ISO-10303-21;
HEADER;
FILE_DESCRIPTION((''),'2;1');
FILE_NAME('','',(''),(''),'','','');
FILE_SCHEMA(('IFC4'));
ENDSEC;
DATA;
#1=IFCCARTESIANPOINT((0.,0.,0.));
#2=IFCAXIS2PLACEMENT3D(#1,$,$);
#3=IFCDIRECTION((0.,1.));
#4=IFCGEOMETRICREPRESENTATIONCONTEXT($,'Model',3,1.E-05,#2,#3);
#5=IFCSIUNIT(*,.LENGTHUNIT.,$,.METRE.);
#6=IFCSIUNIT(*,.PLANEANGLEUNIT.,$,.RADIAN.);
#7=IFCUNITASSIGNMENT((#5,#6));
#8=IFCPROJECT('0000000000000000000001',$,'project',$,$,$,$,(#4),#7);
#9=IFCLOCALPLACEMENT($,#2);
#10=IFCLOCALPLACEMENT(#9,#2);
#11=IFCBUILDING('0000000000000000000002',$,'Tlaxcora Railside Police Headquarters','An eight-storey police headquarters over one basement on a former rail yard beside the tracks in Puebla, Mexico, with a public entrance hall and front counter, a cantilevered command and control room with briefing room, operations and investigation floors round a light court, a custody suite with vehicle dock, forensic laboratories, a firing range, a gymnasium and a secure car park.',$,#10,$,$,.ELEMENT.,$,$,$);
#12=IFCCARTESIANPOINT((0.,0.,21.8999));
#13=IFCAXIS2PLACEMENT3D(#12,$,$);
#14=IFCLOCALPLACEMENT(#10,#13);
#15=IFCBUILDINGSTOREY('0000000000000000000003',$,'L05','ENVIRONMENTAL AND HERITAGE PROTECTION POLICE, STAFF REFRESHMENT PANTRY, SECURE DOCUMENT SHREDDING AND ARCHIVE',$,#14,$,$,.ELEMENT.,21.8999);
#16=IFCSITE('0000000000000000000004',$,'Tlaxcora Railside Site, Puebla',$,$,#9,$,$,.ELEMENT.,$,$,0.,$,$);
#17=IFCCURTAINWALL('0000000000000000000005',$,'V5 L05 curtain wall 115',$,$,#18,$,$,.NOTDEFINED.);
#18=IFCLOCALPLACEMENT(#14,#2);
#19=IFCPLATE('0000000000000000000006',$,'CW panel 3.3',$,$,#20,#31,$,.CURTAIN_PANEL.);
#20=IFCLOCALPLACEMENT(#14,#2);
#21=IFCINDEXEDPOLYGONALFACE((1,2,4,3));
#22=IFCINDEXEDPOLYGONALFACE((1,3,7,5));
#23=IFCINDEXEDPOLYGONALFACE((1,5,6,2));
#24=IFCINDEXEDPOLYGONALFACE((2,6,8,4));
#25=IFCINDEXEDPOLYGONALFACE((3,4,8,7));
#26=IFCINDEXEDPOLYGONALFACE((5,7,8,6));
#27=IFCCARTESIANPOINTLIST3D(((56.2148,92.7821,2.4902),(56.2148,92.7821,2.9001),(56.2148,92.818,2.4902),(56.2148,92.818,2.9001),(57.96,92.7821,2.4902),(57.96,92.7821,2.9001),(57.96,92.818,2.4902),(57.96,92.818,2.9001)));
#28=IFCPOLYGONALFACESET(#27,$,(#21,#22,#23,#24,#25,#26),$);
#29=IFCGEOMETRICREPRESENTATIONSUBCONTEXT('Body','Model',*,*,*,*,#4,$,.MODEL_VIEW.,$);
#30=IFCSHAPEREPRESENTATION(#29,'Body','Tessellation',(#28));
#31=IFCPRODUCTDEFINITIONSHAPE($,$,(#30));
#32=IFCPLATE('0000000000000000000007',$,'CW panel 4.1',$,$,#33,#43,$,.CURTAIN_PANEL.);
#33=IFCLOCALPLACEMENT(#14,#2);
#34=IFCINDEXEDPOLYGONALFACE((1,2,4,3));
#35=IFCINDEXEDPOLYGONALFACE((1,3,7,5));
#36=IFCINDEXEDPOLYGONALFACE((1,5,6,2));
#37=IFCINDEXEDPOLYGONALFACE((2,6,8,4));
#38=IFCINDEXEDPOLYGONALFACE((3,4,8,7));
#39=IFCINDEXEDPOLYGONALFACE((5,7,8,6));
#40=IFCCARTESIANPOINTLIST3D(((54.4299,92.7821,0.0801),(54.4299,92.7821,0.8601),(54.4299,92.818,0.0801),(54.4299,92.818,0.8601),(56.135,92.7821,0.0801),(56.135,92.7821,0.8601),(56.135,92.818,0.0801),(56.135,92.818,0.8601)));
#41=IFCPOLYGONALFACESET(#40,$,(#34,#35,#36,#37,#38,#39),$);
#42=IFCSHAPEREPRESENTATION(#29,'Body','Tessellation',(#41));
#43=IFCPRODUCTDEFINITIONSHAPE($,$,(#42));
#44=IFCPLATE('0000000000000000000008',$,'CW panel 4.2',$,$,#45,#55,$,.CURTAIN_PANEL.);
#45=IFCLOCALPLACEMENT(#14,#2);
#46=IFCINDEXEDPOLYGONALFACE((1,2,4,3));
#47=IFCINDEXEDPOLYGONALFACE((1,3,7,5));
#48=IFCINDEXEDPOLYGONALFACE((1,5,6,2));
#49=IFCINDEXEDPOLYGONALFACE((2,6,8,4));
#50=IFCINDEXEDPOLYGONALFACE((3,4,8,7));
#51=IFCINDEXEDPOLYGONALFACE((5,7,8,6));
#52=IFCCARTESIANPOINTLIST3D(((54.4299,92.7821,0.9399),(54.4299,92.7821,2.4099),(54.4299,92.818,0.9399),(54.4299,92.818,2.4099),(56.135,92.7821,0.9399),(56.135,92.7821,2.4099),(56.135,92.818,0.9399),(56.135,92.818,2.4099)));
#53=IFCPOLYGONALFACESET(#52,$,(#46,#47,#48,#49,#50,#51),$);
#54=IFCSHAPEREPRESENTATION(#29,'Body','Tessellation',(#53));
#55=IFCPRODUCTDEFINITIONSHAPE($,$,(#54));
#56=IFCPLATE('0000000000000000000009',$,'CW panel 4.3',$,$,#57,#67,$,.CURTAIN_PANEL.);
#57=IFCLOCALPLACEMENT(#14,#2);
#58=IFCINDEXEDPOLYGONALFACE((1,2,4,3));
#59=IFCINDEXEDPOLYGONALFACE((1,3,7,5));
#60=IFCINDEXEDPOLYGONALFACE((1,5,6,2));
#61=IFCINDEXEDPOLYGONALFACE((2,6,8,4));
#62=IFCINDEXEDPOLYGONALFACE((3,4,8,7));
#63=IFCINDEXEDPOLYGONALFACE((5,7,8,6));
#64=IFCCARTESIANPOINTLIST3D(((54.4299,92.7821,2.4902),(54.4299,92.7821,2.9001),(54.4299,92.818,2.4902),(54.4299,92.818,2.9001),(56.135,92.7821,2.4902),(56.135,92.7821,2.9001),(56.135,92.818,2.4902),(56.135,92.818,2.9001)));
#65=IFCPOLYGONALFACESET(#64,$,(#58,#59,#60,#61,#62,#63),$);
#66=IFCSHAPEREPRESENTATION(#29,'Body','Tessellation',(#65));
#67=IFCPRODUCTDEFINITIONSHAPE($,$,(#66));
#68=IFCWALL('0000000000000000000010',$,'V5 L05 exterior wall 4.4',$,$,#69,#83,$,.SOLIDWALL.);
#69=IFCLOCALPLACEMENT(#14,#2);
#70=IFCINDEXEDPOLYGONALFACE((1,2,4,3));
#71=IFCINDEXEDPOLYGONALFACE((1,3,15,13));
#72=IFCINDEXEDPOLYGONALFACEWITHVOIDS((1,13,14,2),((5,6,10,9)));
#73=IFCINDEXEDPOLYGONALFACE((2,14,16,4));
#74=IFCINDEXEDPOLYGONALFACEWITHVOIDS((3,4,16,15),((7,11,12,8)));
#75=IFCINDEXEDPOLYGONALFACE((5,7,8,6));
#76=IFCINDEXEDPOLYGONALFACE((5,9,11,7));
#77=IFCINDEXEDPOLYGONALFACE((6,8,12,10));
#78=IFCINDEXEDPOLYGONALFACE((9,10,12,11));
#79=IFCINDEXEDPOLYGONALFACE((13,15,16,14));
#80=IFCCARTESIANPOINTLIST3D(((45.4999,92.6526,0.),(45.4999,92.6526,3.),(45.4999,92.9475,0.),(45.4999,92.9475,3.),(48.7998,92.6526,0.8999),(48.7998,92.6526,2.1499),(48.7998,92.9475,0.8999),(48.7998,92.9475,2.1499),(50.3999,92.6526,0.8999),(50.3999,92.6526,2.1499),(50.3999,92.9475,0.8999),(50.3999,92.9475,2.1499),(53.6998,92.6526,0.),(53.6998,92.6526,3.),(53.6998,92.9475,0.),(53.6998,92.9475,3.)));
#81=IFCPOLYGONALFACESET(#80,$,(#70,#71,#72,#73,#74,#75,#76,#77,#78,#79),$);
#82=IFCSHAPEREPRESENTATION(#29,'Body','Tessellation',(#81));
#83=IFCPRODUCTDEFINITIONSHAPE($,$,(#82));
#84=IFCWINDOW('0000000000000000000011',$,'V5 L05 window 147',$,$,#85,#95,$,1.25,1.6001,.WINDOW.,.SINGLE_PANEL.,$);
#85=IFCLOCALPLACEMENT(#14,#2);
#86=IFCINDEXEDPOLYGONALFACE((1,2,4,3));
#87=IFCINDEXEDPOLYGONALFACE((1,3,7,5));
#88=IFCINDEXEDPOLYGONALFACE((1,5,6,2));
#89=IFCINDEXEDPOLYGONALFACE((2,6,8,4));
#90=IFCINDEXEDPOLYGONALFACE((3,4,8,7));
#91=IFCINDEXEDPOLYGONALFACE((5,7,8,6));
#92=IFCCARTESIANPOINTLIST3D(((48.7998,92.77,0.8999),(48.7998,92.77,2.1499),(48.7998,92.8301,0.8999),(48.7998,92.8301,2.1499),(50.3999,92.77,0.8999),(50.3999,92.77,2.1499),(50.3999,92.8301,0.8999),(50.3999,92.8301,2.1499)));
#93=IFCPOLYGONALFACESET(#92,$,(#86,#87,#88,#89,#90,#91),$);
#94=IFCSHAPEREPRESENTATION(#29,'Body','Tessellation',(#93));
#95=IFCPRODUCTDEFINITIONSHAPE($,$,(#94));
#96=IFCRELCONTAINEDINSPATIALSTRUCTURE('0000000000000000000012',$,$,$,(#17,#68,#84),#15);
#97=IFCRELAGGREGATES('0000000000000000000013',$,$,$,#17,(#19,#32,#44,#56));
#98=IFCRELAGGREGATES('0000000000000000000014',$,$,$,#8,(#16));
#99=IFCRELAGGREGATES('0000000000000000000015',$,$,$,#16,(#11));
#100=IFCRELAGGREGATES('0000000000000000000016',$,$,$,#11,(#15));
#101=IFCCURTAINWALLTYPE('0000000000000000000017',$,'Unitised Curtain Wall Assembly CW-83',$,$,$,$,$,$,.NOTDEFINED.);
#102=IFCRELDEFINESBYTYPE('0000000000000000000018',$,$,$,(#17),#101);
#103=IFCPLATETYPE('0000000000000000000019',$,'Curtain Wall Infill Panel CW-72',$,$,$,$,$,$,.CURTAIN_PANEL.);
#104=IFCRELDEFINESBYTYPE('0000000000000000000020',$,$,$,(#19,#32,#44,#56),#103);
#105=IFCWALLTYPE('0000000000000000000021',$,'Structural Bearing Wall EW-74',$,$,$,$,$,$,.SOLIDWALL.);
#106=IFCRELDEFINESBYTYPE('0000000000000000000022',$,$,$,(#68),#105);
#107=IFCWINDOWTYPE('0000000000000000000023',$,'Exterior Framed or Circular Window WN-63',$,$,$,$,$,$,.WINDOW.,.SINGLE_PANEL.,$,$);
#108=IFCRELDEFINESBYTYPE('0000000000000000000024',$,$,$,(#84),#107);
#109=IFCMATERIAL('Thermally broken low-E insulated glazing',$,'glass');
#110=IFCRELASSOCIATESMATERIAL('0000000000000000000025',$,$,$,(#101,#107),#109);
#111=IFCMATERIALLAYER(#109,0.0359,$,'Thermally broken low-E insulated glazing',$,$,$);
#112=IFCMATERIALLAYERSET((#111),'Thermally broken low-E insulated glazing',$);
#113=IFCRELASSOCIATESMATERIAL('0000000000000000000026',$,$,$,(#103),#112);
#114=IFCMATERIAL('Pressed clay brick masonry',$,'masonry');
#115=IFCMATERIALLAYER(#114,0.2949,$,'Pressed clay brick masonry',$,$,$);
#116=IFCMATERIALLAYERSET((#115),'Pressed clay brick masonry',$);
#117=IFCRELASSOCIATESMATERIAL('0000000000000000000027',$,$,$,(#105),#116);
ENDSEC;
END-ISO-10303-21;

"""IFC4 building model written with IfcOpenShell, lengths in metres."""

from ifc_helpers import new_model, si_unit, direction, frame, frame_2d, origin, origin_2d, place, context, subcontext, project, spatial, rectangle, extrude, material, layer, layer_set, type_object, element, fill, aggregate, save


model = new_model("IFC4")

# Units and contexts
model_context = context("Model", 3, precision=1e-05, world=origin(), true_north=direction((0.0, 1.0)))
body_context = subcontext(model_context, "Body", "Model", "MODEL_VIEW")
ifc_project = project(units=[si_unit("LENGTHUNIT", "METRE"), si_unit("PLANEANGLEUNIT", "RADIAN")], contexts=[model_context])

# Site, building, storey
site_placement = place(None, origin())
site = spatial("IfcSite", under=ifc_project, at=site_placement, Name="Tlaxcora Railside Site, Puebla", CompositionType="ELEMENT", RefElevation=0.0)
building_placement = place(site_placement, origin())
building = spatial("IfcBuilding", under=site, at=building_placement, Name="Tlaxcora Railside Police Headquarters", Description="An eight-storey police headquarters over one basement on a former rail yard beside the tracks in Puebla, Mexico, with a public entrance hall and front counter, a cantilevered command and control room with briefing room, operations and investigation floors round a light court, a custody suite with vehicle dock, forensic laboratories, a firing range, a gymnasium and a secure car park.", CompositionType="ELEMENT")
storey_placement = place(building_placement, frame((0.0, 0.0, 21.8999)))
storey = spatial("IfcBuildingStorey", under=building, at=storey_placement, Name="L05", Description="ENVIRONMENTAL AND HERITAGE PROTECTION POLICE, STAFF REFRESHMENT PANTRY, SECURE DOCUMENT SHREDDING AND ARCHIVE", CompositionType="ELEMENT", Elevation=21.8999)

# Curtain wall
ifc_material_1 = material(Name="Thermally broken low-E insulated glazing", Category="glass")
curtain_wall_type = type_object("IfcCurtainWallType", Name="Unitised Curtain Wall Assembly CW-83", PredefinedType="NOTDEFINED", material=ifc_material_1)
curtain_wall_placement = place(storey_placement, origin())
curtain_wall = element("IfcCurtainWall", 1, at=curtain_wall_placement, inside=storey, type_object=curtain_wall_type, Name="V5 L05 curtain wall 115", PredefinedType="NOTDEFINED")

# Plates
ifc_layer_1 = layer(ifc_material_1, 0.0359, Name="Thermally broken low-E insulated glazing")
ifc_layer_set_1 = layer_set([ifc_layer_1], Name="Thermally broken low-E insulated glazing")
plate_type = type_object("IfcPlateType", Name="Curtain Wall Infill Panel CW-72", PredefinedType="CURTAIN_PANEL", material=ifc_layer_set_1)
plate_1_placement = place(storey_placement, frame((57.0874, 92.8, 2.4902), z_axis=(0.0, 0.0, 1.0), x_axis=(-1.0, 0.0, 0.0)))
plate_1 = element("IfcPlate", 2, at=plate_1_placement, type_object=plate_type, Name="CW panel 3.3", PredefinedType="CURTAIN_PANEL", context=body_context, shape_type="SweptSolid", body=[
    extrude(rectangle(XDim=1.7451, YDim=0.0359, at=origin_2d()), origin(), (0.0, 0.0, 1.0), 0.4099),
])
plate_2_placement = place(storey_placement, frame((55.2825, 92.8, 0.0801), z_axis=(0.0, 0.0, 1.0), x_axis=(-1.0, 0.0, 0.0)))
plate_2 = element("IfcPlate", 3, at=plate_2_placement, type_object=plate_type, Name="CW panel 4.1", PredefinedType="CURTAIN_PANEL", context=body_context, shape_type="SweptSolid", body=[
    extrude(rectangle(XDim=1.7051, YDim=0.0359, at=origin_2d()), origin(), (0.0, 0.0, 1.0), 0.78),
])
plate_3_placement = place(storey_placement, frame((55.2825, 92.8, 0.9399), z_axis=(0.0, 0.0, 1.0), x_axis=(-1.0, 0.0, 0.0)))
plate_3 = element("IfcPlate", 4, at=plate_3_placement, type_object=plate_type, Name="CW panel 4.2", PredefinedType="CURTAIN_PANEL", context=body_context, shape_type="SweptSolid", body=[
    extrude(rectangle(XDim=1.7051, YDim=0.0359, at=origin_2d()), origin(), (0.0, 0.0, 1.0), 1.47),
])
plate_4_placement = place(storey_placement, frame((55.2825, 92.8, 2.4902), z_axis=(0.0, 0.0, 1.0), x_axis=(-1.0, 0.0, 0.0)))
plate_4 = element("IfcPlate", 5, at=plate_4_placement, type_object=plate_type, Name="CW panel 4.3", PredefinedType="CURTAIN_PANEL", context=body_context, shape_type="SweptSolid", body=[
    extrude(rectangle(XDim=1.7051, YDim=0.0359, at=origin_2d()), origin(), (0.0, 0.0, 1.0), 0.4099),
])
aggregate(curtain_wall, [plate_1, plate_2, plate_3, plate_4])

# Wall, opening, window
ifc_material_2 = material(Name="Pressed clay brick masonry", Category="masonry")
ifc_layer_2 = layer(ifc_material_2, 0.2949, Name="Pressed clay brick masonry")
ifc_layer_set_2 = layer_set([ifc_layer_2], Name="Pressed clay brick masonry")
wall_type = type_object("IfcWallType", Name="Structural Bearing Wall EW-74", PredefinedType="SOLIDWALL", material=ifc_layer_set_2)
wall_placement = place(storey_placement, frame((53.7, 92.8, 0.0), z_axis=(0.0, 0.0, 1.0), x_axis=(-1.0, 0.0, 0.0)))
wall = element("IfcWall", 6, at=wall_placement, inside=storey, type_object=wall_type, Name="V5 L05 exterior wall 4.4", PredefinedType="SOLIDWALL", context=body_context, shape_type="SweptSolid", body=[
    extrude(rectangle(XDim=8.2, YDim=0.2949, at=frame_2d((4.1001, 0.0))), origin(), (0.0, 0.0, 1.0), 3.0),
])
opening_placement = place(wall_placement, frame((3.3, 0.0, 0.8999)))
opening = element("IfcOpeningElement", 7, at=opening_placement, cuts=wall, PredefinedType="OPENING", context=body_context, shape_type="SweptSolid", body=[
    extrude(rectangle(XDim=1.6001, YDim=1.25, at=frame_2d((0.8, 0.625))), frame((0.0, 0.1575, 0.0), z_axis=(0.0, -1.0, 0.0), x_axis=(1.0, 0.0, 0.0)), (0.0, 0.0, 1.0), 0.3149),
])
window_type = type_object("IfcWindowType", Name="Exterior Framed or Circular Window WN-63", PartitioningType="SINGLE_PANEL", PredefinedType="WINDOW", material=ifc_material_1)
window_placement = place(opening_placement, origin())
window = element("IfcWindow", 8, at=window_placement, inside=storey, type_object=window_type, Name="V5 L05 window 147", OverallHeight=1.25, OverallWidth=1.6001, PartitioningType="SINGLE_PANEL", PredefinedType="WINDOW", context=body_context, shape_type="SweptSolid", body=[
    extrude(rectangle(XDim=1.6001, YDim=1.25, at=frame_2d((0.8, 0.625))), frame((0.0, 0.03, 0.0), z_axis=(0.0, -1.0, 0.0), x_axis=(1.0, 0.0, 0.0)), (0.0, 0.0, 1.0), 0.0601),
])
fill(opening, window)

save(model, "model.ifc")
